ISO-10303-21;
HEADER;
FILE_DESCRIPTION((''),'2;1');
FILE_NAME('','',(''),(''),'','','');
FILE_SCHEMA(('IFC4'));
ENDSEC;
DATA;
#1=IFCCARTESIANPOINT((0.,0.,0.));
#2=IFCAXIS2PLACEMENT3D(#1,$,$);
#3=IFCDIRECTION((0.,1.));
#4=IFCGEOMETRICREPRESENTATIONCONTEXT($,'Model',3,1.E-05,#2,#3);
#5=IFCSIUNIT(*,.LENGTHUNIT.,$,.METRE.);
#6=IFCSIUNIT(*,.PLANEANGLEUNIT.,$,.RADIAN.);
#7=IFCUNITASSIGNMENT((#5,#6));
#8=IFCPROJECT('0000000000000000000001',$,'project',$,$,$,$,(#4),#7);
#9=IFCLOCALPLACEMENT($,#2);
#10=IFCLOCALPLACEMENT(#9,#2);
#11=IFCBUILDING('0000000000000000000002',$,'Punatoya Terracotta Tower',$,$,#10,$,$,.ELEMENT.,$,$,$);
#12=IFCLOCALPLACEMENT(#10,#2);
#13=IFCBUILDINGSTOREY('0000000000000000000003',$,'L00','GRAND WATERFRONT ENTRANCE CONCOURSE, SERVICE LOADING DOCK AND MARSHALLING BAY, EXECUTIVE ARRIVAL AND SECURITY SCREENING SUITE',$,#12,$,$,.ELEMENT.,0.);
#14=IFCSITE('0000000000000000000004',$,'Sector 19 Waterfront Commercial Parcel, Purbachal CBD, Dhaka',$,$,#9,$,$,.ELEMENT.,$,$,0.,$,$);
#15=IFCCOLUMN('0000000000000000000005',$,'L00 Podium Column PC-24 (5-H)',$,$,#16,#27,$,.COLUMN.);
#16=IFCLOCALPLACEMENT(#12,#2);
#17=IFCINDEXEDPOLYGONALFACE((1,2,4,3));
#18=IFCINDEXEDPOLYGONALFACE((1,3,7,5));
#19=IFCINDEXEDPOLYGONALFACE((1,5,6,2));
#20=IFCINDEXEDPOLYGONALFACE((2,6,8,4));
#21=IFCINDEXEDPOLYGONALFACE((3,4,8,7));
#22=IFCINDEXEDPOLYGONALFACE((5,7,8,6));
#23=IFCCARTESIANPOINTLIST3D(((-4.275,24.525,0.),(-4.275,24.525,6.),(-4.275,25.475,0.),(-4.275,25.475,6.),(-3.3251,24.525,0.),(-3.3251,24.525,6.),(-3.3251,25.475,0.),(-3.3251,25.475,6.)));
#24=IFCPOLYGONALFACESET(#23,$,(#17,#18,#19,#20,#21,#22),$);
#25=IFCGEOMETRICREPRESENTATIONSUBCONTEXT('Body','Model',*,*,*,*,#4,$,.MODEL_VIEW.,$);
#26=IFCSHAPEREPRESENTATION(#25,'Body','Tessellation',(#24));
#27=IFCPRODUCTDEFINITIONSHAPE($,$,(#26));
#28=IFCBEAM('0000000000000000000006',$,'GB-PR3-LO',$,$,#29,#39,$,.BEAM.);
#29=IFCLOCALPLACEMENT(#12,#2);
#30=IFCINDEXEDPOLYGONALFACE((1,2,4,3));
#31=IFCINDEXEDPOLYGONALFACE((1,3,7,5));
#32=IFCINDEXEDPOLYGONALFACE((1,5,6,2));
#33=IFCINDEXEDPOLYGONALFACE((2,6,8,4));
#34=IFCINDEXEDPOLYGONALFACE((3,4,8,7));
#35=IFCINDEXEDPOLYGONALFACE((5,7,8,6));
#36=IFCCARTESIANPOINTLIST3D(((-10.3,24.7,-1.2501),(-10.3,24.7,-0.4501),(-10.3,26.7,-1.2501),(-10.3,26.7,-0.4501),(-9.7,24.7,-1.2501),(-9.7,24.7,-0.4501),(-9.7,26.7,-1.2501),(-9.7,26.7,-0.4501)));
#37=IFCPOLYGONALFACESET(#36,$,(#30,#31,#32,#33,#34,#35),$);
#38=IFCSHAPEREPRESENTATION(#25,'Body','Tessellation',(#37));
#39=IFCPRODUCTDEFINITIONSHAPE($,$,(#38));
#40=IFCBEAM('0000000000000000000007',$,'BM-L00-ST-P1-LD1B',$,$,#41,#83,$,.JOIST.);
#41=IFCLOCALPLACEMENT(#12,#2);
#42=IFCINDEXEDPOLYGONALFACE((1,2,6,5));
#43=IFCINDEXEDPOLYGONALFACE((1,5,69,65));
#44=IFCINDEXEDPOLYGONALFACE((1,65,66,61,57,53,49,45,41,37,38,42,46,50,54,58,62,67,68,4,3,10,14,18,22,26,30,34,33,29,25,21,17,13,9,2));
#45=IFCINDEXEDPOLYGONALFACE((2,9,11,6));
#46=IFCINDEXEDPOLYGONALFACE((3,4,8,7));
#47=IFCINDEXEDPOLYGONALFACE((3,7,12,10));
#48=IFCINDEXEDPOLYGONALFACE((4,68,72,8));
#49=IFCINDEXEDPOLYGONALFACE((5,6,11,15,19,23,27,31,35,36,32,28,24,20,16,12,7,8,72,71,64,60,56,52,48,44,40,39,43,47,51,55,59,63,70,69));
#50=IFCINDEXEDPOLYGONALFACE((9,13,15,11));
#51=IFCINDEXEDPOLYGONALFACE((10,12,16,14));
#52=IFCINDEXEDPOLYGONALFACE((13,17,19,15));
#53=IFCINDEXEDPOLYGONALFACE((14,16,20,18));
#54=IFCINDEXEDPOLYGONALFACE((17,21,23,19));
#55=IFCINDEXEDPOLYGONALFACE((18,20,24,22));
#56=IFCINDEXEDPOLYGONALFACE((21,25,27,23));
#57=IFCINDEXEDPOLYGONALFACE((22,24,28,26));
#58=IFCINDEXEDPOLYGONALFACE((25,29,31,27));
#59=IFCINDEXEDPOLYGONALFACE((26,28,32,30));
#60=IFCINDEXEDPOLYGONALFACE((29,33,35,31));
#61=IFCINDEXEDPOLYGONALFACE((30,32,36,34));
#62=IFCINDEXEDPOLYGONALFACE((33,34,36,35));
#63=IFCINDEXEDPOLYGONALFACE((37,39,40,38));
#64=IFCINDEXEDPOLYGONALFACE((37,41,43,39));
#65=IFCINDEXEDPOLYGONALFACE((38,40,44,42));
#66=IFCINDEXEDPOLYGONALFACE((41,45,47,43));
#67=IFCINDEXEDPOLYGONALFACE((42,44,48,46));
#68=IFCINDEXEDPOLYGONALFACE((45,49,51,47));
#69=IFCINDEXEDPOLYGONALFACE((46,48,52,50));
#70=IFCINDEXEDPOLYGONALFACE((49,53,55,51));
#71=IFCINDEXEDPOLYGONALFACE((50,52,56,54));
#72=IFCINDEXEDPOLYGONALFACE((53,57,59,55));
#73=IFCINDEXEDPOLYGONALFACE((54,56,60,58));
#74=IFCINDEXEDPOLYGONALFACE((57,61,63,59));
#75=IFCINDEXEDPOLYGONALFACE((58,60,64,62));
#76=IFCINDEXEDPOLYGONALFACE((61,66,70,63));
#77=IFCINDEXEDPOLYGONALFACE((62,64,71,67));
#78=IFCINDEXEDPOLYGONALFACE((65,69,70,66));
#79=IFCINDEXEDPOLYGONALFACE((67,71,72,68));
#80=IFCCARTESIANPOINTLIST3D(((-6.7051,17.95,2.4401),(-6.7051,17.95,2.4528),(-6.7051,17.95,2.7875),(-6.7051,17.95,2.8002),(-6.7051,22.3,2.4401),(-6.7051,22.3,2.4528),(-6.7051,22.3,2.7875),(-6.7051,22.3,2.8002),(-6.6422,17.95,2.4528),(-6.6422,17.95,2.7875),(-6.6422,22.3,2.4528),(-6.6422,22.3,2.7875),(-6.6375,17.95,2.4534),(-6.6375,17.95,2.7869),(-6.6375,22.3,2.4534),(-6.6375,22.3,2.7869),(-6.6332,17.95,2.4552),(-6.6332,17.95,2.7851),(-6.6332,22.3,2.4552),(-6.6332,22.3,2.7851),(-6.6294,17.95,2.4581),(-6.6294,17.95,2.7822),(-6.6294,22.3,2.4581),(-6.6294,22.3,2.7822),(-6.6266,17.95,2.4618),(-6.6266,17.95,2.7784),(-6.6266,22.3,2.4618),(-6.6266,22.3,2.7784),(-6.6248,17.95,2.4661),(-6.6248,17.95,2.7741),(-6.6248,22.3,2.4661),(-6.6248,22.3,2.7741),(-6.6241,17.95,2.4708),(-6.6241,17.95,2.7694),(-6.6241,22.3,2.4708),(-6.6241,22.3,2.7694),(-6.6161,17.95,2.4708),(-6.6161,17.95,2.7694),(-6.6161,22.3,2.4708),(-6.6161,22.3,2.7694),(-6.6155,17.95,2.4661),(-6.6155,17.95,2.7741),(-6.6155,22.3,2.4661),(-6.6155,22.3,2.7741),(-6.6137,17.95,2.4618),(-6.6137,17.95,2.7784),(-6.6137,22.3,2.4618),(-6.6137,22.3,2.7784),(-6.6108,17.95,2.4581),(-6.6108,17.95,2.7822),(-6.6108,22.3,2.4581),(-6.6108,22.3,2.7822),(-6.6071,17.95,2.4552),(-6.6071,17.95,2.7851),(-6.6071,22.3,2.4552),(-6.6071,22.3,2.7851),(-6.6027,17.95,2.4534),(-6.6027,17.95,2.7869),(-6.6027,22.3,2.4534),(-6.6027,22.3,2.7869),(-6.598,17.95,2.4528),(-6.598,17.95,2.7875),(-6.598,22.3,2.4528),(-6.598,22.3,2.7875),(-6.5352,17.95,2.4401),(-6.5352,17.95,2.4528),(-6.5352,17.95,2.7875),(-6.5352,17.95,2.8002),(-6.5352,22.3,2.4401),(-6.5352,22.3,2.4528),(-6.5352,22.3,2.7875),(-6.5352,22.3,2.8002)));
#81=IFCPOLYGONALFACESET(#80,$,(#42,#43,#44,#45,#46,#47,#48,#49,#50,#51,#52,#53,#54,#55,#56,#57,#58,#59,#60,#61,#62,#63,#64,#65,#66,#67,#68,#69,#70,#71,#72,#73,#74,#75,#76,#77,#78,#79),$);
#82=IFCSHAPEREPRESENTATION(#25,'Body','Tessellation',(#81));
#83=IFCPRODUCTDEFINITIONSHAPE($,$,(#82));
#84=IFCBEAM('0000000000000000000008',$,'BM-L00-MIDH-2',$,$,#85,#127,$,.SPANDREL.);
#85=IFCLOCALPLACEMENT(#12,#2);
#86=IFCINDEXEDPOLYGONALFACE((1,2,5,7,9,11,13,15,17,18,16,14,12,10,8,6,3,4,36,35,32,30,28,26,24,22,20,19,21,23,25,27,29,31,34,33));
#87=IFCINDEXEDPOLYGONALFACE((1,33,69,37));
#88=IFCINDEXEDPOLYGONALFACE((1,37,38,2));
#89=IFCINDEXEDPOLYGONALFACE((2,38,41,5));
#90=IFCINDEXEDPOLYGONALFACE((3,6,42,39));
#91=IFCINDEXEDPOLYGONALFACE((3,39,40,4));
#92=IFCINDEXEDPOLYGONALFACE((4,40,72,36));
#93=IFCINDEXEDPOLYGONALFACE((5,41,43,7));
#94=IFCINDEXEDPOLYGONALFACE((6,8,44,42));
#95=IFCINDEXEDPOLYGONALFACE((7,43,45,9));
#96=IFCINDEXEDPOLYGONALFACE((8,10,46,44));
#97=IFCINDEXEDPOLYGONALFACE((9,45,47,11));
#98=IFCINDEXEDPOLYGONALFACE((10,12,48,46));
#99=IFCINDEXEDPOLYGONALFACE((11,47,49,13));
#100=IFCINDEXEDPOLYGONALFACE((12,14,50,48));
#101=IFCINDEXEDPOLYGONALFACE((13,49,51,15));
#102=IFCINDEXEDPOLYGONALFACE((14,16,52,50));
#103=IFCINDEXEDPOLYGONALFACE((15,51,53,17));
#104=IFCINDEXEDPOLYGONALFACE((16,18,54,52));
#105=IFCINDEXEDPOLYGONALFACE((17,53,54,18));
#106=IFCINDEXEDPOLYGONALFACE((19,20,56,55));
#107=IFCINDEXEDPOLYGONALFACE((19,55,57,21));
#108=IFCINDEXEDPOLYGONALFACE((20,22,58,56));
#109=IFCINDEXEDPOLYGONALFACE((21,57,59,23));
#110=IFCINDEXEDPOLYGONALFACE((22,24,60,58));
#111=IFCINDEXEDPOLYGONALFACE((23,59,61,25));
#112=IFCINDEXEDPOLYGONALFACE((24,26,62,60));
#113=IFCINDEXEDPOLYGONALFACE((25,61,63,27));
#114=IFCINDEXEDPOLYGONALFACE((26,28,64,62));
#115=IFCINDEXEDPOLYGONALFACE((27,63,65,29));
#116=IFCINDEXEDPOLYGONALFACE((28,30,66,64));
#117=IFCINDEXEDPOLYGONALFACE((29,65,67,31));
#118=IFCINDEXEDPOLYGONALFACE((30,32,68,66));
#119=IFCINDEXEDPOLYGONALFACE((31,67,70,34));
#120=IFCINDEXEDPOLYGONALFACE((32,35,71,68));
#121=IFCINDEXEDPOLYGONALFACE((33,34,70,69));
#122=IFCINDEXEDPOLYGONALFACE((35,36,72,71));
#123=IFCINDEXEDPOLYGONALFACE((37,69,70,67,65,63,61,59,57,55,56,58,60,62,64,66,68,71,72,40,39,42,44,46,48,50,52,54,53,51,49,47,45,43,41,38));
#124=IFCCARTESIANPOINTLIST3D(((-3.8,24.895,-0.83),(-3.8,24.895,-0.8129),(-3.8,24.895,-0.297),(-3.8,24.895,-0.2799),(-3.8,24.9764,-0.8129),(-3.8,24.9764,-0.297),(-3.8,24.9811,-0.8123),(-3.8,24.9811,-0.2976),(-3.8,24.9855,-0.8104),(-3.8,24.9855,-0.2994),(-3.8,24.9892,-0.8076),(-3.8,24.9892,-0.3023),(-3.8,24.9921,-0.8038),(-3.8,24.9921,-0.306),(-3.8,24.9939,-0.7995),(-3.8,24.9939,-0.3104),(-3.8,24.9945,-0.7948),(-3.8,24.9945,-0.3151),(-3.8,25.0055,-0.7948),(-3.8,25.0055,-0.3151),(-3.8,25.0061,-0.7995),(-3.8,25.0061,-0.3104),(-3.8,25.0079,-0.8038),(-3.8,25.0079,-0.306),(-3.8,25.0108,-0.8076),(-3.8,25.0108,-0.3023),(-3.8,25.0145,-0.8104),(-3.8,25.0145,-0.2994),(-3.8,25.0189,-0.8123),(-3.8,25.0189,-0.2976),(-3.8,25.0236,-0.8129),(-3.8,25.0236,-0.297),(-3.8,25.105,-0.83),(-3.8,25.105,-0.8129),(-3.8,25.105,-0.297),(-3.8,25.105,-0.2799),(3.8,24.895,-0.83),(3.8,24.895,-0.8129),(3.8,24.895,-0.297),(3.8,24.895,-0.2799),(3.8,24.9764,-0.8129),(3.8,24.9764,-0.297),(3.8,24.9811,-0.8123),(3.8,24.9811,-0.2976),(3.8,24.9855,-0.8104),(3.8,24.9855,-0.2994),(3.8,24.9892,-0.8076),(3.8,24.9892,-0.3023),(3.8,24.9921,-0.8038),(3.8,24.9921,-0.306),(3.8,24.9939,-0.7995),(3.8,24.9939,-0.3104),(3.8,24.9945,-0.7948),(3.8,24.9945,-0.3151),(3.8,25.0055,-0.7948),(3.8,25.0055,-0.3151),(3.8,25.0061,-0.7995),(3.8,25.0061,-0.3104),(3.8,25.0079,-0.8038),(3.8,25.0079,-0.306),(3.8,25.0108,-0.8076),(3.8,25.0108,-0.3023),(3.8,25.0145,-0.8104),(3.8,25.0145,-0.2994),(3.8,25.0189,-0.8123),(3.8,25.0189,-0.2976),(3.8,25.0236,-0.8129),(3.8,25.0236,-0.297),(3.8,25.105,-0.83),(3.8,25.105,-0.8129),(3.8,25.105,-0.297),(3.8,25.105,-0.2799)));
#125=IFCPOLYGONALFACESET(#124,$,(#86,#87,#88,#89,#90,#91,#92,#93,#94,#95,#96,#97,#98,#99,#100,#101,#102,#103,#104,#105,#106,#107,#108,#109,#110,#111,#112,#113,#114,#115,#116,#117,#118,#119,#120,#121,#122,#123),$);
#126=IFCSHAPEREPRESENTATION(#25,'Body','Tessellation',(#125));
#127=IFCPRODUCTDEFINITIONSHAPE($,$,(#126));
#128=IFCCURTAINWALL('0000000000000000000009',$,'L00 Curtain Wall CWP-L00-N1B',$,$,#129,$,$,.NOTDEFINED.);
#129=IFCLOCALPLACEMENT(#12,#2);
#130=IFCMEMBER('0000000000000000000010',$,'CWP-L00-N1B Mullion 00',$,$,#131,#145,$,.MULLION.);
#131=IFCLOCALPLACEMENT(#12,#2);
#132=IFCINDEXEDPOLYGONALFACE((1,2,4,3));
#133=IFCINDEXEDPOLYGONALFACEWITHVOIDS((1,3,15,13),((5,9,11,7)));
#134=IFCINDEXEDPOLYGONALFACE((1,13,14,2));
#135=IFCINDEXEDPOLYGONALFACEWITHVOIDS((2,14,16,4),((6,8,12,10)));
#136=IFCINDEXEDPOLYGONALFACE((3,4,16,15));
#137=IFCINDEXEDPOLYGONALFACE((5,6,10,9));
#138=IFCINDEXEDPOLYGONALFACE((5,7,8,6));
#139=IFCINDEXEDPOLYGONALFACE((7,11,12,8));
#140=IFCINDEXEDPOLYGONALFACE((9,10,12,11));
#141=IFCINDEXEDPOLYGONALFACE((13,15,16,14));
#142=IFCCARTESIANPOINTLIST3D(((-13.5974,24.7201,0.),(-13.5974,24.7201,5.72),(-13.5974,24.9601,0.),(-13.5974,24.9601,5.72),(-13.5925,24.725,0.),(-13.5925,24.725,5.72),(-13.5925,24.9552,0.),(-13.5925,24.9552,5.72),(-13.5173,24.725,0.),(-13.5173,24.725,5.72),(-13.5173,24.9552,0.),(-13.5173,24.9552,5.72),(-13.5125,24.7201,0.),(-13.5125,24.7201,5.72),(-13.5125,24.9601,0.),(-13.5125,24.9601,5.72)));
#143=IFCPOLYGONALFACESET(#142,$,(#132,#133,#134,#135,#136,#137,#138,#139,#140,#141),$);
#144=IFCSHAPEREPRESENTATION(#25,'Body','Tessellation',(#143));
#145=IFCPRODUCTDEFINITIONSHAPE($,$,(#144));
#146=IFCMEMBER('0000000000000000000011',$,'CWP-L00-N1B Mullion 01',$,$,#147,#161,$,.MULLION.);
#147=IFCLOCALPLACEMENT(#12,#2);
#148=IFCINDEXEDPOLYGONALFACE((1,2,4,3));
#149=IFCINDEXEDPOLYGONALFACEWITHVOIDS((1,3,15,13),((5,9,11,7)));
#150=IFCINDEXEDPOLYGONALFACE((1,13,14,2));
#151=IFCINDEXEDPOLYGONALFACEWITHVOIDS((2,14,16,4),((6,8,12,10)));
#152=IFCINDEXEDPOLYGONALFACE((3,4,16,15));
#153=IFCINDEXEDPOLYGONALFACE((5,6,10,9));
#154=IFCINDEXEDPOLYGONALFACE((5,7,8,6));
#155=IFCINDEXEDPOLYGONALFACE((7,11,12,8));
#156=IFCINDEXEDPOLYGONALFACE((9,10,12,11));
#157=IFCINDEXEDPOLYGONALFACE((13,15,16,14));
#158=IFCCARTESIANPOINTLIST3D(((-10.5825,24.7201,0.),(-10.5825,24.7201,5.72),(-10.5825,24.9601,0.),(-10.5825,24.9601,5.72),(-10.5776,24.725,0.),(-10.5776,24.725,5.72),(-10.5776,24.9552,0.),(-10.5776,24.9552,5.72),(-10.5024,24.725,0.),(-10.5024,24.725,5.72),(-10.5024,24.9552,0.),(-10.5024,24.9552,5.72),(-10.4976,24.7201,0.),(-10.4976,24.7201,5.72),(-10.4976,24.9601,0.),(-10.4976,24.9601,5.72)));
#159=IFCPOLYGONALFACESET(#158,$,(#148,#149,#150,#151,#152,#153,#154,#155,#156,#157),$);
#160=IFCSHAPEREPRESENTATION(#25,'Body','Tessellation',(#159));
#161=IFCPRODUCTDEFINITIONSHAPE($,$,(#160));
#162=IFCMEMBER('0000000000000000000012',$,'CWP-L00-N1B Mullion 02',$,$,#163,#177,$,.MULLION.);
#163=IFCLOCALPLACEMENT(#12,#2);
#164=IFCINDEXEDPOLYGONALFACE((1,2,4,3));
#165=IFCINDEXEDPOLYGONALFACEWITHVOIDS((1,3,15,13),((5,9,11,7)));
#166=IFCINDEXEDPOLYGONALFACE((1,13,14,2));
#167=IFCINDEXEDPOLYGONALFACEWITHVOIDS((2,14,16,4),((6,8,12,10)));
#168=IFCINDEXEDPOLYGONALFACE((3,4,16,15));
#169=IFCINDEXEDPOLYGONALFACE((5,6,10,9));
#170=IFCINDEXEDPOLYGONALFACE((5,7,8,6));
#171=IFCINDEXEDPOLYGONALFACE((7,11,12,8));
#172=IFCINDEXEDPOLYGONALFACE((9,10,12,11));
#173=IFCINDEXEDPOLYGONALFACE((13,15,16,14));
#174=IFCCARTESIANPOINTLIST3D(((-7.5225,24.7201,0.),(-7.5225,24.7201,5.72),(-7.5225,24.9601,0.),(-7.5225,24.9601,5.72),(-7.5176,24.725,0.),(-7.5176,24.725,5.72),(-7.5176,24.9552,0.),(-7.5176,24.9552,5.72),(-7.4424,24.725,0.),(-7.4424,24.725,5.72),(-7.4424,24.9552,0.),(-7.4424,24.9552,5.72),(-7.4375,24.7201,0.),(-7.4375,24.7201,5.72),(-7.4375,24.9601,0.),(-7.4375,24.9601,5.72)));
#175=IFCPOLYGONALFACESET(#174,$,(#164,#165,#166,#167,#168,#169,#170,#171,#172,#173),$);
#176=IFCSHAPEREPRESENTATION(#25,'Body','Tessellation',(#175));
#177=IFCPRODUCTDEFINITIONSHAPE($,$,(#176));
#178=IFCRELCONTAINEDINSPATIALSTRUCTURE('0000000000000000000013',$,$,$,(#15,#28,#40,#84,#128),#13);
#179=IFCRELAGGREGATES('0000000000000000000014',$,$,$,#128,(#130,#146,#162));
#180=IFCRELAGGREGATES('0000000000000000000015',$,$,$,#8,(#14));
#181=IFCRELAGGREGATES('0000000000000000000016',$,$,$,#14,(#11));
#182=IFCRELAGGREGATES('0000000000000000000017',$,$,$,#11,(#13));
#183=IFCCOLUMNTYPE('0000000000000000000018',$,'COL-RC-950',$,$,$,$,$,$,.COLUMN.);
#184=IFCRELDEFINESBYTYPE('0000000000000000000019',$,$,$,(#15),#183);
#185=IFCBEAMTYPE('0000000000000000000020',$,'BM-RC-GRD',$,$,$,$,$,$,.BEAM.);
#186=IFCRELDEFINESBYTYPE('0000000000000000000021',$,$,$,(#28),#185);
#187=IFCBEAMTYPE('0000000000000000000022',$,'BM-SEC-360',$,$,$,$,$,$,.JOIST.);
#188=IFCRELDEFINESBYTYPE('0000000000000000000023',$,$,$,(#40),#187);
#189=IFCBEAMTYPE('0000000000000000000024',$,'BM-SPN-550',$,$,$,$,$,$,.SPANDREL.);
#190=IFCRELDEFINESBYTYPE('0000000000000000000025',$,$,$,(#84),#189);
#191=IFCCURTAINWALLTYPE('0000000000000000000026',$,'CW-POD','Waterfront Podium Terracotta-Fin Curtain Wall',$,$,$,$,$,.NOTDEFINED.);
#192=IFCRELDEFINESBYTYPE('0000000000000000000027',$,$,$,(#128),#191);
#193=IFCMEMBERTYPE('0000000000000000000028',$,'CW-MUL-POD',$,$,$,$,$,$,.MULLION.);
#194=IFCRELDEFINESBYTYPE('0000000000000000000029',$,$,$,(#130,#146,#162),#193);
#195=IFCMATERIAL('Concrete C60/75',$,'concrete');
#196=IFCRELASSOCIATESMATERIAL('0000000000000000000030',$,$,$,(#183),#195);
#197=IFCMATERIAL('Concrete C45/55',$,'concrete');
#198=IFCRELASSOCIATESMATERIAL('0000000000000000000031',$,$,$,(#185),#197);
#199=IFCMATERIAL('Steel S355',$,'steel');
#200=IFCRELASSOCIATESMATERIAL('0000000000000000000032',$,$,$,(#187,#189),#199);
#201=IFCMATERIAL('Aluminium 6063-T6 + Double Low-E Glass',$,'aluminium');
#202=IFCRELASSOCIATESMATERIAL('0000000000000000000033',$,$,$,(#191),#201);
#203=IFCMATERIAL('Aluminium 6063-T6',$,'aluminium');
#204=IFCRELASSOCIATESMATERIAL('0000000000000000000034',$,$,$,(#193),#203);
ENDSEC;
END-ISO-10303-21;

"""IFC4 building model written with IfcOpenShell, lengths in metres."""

from ifc_helpers import new_model, si_unit, direction, frame, origin, origin_2d, place, context, subcontext, project, spatial, rectangle, hollow_rectangle, i_section, extrude, material, material_profile, profile_set, type_object, element, aggregate, save


model = new_model("IFC4")

# Units and contexts
model_context = context("Model", 3, precision=1e-05, world=origin(), true_north=direction((0.0, 1.0)))
body_context = subcontext(model_context, "Body", "Model", "MODEL_VIEW")
ifc_project = project(units=[si_unit("LENGTHUNIT", "METRE"), si_unit("PLANEANGLEUNIT", "RADIAN")], contexts=[model_context])

# Site, building, storey
site_placement = place(None, origin())
site = spatial("IfcSite", under=ifc_project, at=site_placement, Name="Sector 19 Waterfront Commercial Parcel, Purbachal CBD, Dhaka", CompositionType="ELEMENT", RefElevation=0.0)
building_placement = place(site_placement, origin())
building = spatial("IfcBuilding", under=site, at=building_placement, Name="Punatoya Terracotta Tower", CompositionType="ELEMENT")
storey_placement = place(building_placement, origin())
storey = spatial("IfcBuildingStorey", under=building, at=storey_placement, Name="L00", Description="GRAND WATERFRONT ENTRANCE CONCOURSE, SERVICE LOADING DOCK AND MARSHALLING BAY, EXECUTIVE ARRIVAL AND SECURITY SCREENING SUITE", CompositionType="ELEMENT", Elevation=0.0)

# Column
ifc_material_1 = material(Name="Concrete C60/75", Category="concrete")
ifc_material_profile_1 = material_profile(ifc_material_1, rectangle(XDim=0.95, YDim=0.95, at=origin_2d()))
ifc_profile_set_1 = profile_set([ifc_material_profile_1], Name="Concrete C60/75")
column_type = type_object("IfcColumnType", Name="COL-RC-950", PredefinedType="COLUMN", material=ifc_profile_set_1)
column_placement = place(storey_placement, frame((-3.8, 25.0, 0.0), z_axis=(0.0, 0.0, 1.0), x_axis=(1.0, 0.0, 0.0)))
element("IfcColumn", 1, at=column_placement, inside=storey, type_object=column_type, Name="L00 Podium Column PC-24 (5-H)", PredefinedType="COLUMN", context=body_context, shape_type="SweptSolid", body=[
    extrude(rectangle(XDim=0.95, YDim=0.95, at=origin_2d()), origin(), (0.0, 0.0, 1.0), 6.0),
])

# Beams
ifc_material_2 = material(Name="Concrete C45/55", Category="concrete")
ifc_material_profile_2 = material_profile(ifc_material_2, rectangle(XDim=0.6001, YDim=0.8, at=origin_2d()))
ifc_profile_set_2 = profile_set([ifc_material_profile_2], Name="Concrete C45/55")
beam_type_1 = type_object("IfcBeamType", Name="BM-RC-GRD", PredefinedType="BEAM", material=ifc_profile_set_2)
beam_1_placement = place(storey_placement, frame((-10.0, 24.7, -0.8501), z_axis=(0.0, 1.0, 0.0), x_axis=(-1.0, 0.0, 0.0)))
element("IfcBeam", 2, at=beam_1_placement, inside=storey, type_object=beam_type_1, Name="GB-PR3-LO", PredefinedType="BEAM", context=body_context, shape_type="SweptSolid", body=[
    extrude(rectangle(XDim=0.6001, YDim=0.8, at=origin_2d()), origin(), (0.0, 0.0, 1.0), 2.0),
])
ifc_material_3 = material(Name="Steel S355", Category="steel")
ifc_material_profile_3 = material_profile(ifc_material_3, i_section(OverallWidth=0.1699, OverallDepth=0.3601, WebThickness=0.0081, FlangeThickness=0.0127, FilletRadius=0.0181, at=origin_2d()))
ifc_profile_set_3 = profile_set([ifc_material_profile_3], Name="Steel S355")
beam_type_2 = type_object("IfcBeamType", Name="BM-SEC-360", PredefinedType="JOIST", material=ifc_profile_set_3)
beam_2_placement = place(storey_placement, frame((-6.6201, 17.95, 2.6201), z_axis=(0.0, 1.0, 0.0), x_axis=(-1.0, 0.0, 0.0)))
element("IfcBeam", 3, at=beam_2_placement, inside=storey, type_object=beam_type_2, Name="BM-L00-ST-P1-LD1B", PredefinedType="JOIST", context=body_context, shape_type="SweptSolid", body=[
    extrude(i_section(OverallWidth=0.1699, OverallDepth=0.3601, WebThickness=0.0081, FlangeThickness=0.0127, FilletRadius=0.0181, at=origin_2d()), origin(), (0.0, 0.0, 1.0), 4.3501),
])
ifc_material_profile_4 = material_profile(ifc_material_3, i_section(OverallWidth=0.21, OverallDepth=0.55, WebThickness=0.011, FlangeThickness=0.0171, FilletRadius=0.0181, at=origin_2d()))
ifc_profile_set_4 = profile_set([ifc_material_profile_4], Name="Steel S355")
beam_type_3 = type_object("IfcBeamType", Name="BM-SPN-550", PredefinedType="SPANDREL", material=ifc_profile_set_4)
beam_3_placement = place(storey_placement, frame((-3.8, 25.0, -0.5549), z_axis=(1.0, 0.0, 0.0), x_axis=(0.0, 1.0, 0.0)))
element("IfcBeam", 4, at=beam_3_placement, inside=storey, type_object=beam_type_3, Name="BM-L00-MIDH-2", PredefinedType="SPANDREL", context=body_context, shape_type="SweptSolid", body=[
    extrude(i_section(OverallWidth=0.21, OverallDepth=0.55, WebThickness=0.011, FlangeThickness=0.0171, FilletRadius=0.0181, at=origin_2d()), origin(), (0.0, 0.0, 1.0), 7.6001),
])

# Curtain wall, members
ifc_material_4 = material(Name="Aluminium 6063-T6 + Double Low-E Glass", Category="aluminium")
curtain_wall_type = type_object("IfcCurtainWallType", Name="CW-POD", Description="Waterfront Podium Terracotta-Fin Curtain Wall", PredefinedType="NOTDEFINED", material=ifc_material_4)
curtain_wall_placement = place(storey_placement, origin())
curtain_wall = element("IfcCurtainWall", 5, at=curtain_wall_placement, inside=storey, type_object=curtain_wall_type, Name="L00 Curtain Wall CWP-L00-N1B", PredefinedType="NOTDEFINED")
ifc_material_5 = material(Name="Aluminium 6063-T6", Category="aluminium")
ifc_material_profile_5 = material_profile(ifc_material_5, hollow_rectangle(XDim=0.085, YDim=0.24, WallThickness=0.0049, at=origin_2d()))
ifc_profile_set_5 = profile_set([ifc_material_profile_5], Name="Aluminium 6063-T6")
member_type_1 = type_object("IfcMemberType", Name="CW-MUL-POD", PredefinedType="MULLION", material=ifc_profile_set_5)
member_1_placement = place(storey_placement, frame((-13.5549, 24.8401, 0.0), z_axis=(0.0, 0.0, 1.0), x_axis=(1.0, 0.0, 0.0)))
member_1 = element("IfcMember", 6, at=member_1_placement, type_object=member_type_1, Name="CWP-L00-N1B Mullion 00", PredefinedType="MULLION", context=body_context, shape_type="SweptSolid", body=[
    extrude(hollow_rectangle(XDim=0.085, YDim=0.24, WallThickness=0.0049, at=origin_2d()), origin(), (0.0, 0.0, 1.0), 5.72),
])
member_2_placement = place(storey_placement, frame((-10.54, 24.8401, 0.0), z_axis=(0.0, 0.0, 1.0), x_axis=(1.0, 0.0, 0.0)))
member_2 = element("IfcMember", 7, at=member_2_placement, type_object=member_type_1, Name="CWP-L00-N1B Mullion 01", PredefinedType="MULLION", context=body_context, shape_type="SweptSolid", body=[
    extrude(hollow_rectangle(XDim=0.085, YDim=0.24, WallThickness=0.0049, at=origin_2d()), origin(), (0.0, 0.0, 1.0), 5.72),
])
member_3_placement = place(storey_placement, frame((-7.48, 24.8401, 0.0), z_axis=(0.0, 0.0, 1.0), x_axis=(1.0, 0.0, 0.0)))
member_3 = element("IfcMember", 8, at=member_3_placement, type_object=member_type_1, Name="CWP-L00-N1B Mullion 02", PredefinedType="MULLION", context=body_context, shape_type="SweptSolid", body=[
    extrude(hollow_rectangle(XDim=0.085, YDim=0.24, WallThickness=0.0049, at=origin_2d()), origin(), (0.0, 0.0, 1.0), 5.72),
])
aggregate(curtain_wall, [member_1, member_2, member_3])

save(model, "model.ifc")
